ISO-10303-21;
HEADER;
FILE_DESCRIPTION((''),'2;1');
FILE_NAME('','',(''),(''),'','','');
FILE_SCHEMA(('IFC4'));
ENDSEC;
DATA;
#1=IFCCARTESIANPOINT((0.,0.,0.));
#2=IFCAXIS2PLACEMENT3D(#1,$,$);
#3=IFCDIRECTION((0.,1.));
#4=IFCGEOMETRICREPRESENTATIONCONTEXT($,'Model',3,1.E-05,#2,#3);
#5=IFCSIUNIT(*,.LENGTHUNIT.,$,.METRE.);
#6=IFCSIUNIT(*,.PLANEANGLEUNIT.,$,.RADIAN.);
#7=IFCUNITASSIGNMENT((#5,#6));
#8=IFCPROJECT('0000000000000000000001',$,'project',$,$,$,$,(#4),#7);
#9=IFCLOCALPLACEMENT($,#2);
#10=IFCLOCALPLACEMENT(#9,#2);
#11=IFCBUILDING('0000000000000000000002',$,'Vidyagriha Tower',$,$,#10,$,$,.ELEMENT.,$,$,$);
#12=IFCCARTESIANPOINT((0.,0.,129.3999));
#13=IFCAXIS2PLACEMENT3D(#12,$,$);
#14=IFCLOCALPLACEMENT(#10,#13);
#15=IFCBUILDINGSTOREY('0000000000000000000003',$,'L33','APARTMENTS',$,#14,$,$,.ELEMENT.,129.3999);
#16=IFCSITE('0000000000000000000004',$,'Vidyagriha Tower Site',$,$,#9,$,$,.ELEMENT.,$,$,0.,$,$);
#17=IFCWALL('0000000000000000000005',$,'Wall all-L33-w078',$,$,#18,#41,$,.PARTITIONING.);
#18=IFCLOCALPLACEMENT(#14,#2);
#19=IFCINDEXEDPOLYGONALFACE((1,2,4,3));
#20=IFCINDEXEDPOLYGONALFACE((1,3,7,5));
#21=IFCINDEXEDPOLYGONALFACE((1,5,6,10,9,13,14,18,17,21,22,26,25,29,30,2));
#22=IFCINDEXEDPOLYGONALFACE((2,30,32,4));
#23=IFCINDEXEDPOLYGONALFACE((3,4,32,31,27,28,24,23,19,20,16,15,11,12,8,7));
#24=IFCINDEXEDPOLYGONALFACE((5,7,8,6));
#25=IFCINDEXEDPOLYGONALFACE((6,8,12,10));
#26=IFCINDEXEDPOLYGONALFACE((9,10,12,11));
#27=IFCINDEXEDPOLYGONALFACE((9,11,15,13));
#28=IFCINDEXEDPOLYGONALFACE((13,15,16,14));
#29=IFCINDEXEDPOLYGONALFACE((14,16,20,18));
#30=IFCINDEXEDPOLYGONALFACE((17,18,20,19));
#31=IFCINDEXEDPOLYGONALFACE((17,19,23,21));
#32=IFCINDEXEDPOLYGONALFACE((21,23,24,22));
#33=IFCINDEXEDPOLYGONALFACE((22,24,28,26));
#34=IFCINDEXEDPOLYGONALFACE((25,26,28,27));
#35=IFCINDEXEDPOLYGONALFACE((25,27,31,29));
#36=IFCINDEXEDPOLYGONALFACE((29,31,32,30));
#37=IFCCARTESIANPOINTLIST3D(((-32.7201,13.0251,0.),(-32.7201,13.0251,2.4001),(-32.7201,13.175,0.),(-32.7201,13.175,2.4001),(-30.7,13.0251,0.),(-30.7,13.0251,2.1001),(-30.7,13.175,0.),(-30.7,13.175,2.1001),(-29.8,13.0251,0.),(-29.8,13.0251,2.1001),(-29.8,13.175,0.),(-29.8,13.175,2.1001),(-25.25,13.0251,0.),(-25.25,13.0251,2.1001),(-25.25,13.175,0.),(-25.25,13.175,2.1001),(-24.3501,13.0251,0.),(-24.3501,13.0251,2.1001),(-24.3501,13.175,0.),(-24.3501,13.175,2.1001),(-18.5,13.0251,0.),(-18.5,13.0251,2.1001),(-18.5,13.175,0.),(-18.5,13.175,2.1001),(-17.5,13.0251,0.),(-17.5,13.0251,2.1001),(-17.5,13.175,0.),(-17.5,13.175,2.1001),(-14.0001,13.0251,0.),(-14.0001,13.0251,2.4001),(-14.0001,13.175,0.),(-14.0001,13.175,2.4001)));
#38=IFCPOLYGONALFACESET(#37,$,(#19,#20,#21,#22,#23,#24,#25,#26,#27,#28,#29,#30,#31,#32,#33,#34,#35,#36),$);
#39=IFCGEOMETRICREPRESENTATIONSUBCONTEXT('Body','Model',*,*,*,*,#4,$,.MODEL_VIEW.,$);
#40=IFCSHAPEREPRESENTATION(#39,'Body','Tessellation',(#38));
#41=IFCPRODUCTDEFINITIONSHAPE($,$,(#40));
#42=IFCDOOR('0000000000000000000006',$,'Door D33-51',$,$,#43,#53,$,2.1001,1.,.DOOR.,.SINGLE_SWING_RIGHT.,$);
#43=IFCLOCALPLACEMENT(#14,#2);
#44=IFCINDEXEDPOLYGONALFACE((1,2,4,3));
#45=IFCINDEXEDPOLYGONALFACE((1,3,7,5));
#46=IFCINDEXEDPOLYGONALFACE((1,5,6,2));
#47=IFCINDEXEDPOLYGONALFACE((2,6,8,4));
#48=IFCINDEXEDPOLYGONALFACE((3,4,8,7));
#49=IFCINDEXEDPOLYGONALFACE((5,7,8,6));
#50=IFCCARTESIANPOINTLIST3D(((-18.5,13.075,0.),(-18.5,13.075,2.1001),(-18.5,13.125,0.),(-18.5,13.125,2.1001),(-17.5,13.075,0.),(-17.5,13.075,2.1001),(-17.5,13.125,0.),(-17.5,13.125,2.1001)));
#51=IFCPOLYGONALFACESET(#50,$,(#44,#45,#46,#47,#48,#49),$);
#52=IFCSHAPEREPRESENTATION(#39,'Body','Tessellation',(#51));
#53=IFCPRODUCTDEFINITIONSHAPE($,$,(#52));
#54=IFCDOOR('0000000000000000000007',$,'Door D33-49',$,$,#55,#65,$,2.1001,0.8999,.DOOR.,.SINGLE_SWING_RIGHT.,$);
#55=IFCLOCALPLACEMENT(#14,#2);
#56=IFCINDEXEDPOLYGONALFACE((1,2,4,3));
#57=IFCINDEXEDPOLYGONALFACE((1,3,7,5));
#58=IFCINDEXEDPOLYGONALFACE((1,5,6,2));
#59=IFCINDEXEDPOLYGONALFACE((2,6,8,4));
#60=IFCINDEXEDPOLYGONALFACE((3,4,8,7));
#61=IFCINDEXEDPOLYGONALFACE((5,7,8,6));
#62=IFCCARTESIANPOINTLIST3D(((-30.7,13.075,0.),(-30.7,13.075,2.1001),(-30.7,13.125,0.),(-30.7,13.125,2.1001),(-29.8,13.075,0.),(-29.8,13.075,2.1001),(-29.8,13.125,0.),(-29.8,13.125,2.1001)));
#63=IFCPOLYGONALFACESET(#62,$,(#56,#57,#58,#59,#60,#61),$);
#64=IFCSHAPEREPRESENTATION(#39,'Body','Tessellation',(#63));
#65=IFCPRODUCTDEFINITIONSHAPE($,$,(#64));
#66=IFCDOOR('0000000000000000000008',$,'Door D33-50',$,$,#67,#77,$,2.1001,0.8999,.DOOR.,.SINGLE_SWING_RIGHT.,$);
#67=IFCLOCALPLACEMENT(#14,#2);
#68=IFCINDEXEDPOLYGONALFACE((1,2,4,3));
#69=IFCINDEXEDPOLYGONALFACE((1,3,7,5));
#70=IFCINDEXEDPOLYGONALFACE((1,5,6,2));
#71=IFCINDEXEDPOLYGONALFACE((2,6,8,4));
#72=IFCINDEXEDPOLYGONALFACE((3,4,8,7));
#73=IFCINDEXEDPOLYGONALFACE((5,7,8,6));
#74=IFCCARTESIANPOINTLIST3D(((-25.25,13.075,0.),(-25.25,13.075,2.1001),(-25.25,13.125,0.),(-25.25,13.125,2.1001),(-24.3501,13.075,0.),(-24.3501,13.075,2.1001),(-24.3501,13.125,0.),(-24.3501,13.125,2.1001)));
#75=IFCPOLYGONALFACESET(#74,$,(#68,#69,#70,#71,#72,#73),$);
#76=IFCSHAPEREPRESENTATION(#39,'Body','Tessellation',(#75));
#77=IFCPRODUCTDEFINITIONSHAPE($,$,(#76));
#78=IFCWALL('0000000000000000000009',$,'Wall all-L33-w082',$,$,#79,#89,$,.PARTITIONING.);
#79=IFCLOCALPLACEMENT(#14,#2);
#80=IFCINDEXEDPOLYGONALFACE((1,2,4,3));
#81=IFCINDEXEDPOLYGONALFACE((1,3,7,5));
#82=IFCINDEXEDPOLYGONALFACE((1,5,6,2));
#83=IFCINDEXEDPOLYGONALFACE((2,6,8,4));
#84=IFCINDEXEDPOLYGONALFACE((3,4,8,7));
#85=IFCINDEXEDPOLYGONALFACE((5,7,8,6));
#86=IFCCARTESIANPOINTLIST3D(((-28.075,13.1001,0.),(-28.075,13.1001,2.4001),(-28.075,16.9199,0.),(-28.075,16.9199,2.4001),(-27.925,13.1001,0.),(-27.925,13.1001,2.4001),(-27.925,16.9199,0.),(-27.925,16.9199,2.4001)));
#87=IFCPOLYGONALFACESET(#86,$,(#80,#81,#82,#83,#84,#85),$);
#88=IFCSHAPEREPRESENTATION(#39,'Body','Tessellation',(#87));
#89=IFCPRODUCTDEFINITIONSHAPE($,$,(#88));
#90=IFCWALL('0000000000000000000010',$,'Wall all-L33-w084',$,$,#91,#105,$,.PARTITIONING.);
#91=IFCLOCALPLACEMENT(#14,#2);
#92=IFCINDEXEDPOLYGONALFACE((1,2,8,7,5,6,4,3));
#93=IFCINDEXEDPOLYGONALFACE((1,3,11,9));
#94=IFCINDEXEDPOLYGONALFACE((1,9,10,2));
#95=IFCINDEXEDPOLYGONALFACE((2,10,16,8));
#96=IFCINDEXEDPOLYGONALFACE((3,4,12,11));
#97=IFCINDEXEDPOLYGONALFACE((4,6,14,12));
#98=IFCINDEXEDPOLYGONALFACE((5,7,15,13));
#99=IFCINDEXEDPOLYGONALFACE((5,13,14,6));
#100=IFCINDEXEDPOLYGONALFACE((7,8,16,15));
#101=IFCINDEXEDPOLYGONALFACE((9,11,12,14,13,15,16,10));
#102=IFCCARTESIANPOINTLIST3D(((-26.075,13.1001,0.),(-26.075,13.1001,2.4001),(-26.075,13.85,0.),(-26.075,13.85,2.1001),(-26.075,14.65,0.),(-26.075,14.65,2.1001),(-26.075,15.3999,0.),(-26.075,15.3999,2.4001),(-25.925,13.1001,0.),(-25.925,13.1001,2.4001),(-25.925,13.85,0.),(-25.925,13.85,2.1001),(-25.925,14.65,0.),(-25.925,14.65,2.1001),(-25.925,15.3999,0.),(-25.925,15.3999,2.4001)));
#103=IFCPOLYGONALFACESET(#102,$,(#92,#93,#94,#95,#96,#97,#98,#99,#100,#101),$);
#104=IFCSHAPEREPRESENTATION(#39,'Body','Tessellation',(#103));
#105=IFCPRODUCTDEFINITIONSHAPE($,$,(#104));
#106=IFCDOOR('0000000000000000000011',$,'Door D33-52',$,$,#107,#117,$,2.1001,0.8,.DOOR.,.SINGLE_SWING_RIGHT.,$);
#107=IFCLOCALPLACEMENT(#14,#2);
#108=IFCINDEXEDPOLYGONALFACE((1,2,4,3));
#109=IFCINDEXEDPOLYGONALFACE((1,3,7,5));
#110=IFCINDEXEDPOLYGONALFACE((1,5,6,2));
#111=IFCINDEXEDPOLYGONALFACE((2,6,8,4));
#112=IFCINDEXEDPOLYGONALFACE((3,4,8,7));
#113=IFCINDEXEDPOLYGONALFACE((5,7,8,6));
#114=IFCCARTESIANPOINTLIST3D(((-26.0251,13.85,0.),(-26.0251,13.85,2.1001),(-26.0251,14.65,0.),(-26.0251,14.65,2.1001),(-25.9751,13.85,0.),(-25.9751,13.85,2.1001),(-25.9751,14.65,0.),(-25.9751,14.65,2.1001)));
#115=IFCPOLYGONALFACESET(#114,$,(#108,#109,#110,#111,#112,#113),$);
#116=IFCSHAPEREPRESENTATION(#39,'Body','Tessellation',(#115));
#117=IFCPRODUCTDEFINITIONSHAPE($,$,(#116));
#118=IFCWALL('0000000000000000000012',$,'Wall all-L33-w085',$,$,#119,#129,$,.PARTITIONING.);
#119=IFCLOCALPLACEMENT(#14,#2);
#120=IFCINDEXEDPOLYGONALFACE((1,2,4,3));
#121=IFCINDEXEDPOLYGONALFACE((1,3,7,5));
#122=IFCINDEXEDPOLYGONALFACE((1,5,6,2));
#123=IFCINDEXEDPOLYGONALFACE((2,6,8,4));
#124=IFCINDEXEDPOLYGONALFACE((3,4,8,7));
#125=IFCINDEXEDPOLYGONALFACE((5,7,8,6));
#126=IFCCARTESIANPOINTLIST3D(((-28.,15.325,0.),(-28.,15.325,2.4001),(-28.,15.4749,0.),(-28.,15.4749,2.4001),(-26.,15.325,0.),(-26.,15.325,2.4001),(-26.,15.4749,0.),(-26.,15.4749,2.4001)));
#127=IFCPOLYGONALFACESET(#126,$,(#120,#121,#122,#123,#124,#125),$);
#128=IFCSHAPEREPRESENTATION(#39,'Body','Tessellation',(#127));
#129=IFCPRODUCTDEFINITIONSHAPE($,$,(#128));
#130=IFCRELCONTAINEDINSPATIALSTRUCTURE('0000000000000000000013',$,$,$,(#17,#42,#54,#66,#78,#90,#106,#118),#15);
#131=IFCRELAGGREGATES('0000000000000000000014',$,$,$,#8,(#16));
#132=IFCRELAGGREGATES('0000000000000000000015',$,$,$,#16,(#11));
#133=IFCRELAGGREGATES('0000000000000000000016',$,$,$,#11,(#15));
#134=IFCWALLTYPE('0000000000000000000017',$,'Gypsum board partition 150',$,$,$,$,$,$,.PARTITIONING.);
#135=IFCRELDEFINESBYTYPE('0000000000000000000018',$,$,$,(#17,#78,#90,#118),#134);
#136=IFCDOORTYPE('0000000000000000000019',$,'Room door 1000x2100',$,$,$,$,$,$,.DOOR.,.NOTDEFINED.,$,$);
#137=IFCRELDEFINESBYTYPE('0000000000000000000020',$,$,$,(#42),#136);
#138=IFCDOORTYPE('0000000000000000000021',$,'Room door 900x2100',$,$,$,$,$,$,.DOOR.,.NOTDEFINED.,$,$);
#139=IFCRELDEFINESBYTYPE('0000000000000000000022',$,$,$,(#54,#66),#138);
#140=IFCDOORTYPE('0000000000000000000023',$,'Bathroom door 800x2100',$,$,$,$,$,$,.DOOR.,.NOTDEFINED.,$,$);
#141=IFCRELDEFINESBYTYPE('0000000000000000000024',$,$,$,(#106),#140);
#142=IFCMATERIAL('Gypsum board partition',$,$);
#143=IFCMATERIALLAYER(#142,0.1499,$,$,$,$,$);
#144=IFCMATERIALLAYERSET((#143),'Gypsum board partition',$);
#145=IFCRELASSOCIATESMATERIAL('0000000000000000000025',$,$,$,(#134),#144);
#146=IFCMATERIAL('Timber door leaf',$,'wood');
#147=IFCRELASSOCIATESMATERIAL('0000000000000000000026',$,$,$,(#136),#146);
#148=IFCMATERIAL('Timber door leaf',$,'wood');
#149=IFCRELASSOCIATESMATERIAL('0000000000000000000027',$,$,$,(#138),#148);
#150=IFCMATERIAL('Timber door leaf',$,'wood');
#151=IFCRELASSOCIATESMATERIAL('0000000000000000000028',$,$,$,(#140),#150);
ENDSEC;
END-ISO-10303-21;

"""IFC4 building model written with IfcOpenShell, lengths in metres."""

from ifc_helpers import new_model, si_unit, direction, frame, frame_2d, origin, place, context, subcontext, project, spatial, rectangle, extrude, material, layer, layer_set, type_object, element, fill, save


model = new_model("IFC4")

# Units and contexts
model_context = context("Model", 3, precision=1e-05, world=origin(), true_north=direction((0.0, 1.0)))
body_context = subcontext(model_context, "Body", "Model", "MODEL_VIEW")
ifc_project = project(units=[si_unit("LENGTHUNIT", "METRE"), si_unit("PLANEANGLEUNIT", "RADIAN")], contexts=[model_context])

# Site, building, storey
site_placement = place(None, origin())
site = spatial("IfcSite", under=ifc_project, at=site_placement, Name="Vidyagriha Tower Site", CompositionType="ELEMENT", RefElevation=0.0)
building_placement = place(site_placement, origin())
building = spatial("IfcBuilding", under=site, at=building_placement, Name="Vidyagriha Tower", CompositionType="ELEMENT")
storey_placement = place(building_placement, frame((0.0, 0.0, 129.3999)))
storey = spatial("IfcBuildingStorey", under=building, at=storey_placement, Name="L33", Description="APARTMENTS", CompositionType="ELEMENT", Elevation=129.3999)

# Wall, openings, doors
ifc_material_1 = material(Name="Gypsum board partition")
ifc_layer_1 = layer(ifc_material_1, 0.1499)
ifc_layer_set_1 = layer_set([ifc_layer_1], Name="Gypsum board partition")
wall_type_1 = type_object("IfcWallType", Name="Gypsum board partition 150", PredefinedType="PARTITIONING", material=ifc_layer_set_1)
wall_1_placement = place(storey_placement, frame((-32.72, 13.1001, 0.0)))
wall_1 = element("IfcWall", 1, at=wall_1_placement, inside=storey, type_object=wall_type_1, Name="Wall all-L33-w078", PredefinedType="PARTITIONING", context=body_context, shape_type="SweptSolid", body=[
    extrude(rectangle(XDim=18.72, YDim=0.1499, at=frame_2d((9.3599, 0.0))), origin(), (0.0, 0.0, 1.0), 2.4001),
])
opening_1_placement = place(wall_1_placement, frame((2.02, 0.0, 0.0)))
opening_1 = element("IfcOpeningElement", 2, at=opening_1_placement, cuts=wall_1, PredefinedType="OPENING", context=body_context, shape_type="SweptSolid", body=[
    extrude(rectangle(XDim=0.8999, YDim=2.1001, at=frame_2d((0.45, 1.05))), frame((0.0, 0.085, 0.0), z_axis=(0.0, -1.0, 0.0), x_axis=(1.0, 0.0, 0.0)), (0.0, 0.0, 1.0), 0.1699),
])
opening_2_placement = place(wall_1_placement, frame((7.47, 0.0, 0.0)))
opening_2 = element("IfcOpeningElement", 3, at=opening_2_placement, cuts=wall_1, PredefinedType="OPENING", context=body_context, shape_type="SweptSolid", body=[
    extrude(rectangle(XDim=0.8999, YDim=2.1001, at=frame_2d((0.45, 1.05))), frame((0.0, 0.085, 0.0), z_axis=(0.0, -1.0, 0.0), x_axis=(1.0, 0.0, 0.0)), (0.0, 0.0, 1.0), 0.1699),
])
opening_3_placement = place(wall_1_placement, frame((14.22, 0.0, 0.0)))
opening_3 = element("IfcOpeningElement", 4, at=opening_3_placement, cuts=wall_1, PredefinedType="OPENING", context=body_context, shape_type="SweptSolid", body=[
    extrude(rectangle(XDim=1.0, YDim=2.1001, at=frame_2d((0.5, 1.05))), frame((0.0, 0.085, 0.0), z_axis=(0.0, -1.0, 0.0), x_axis=(1.0, 0.0, 0.0)), (0.0, 0.0, 1.0), 0.1699),
])
ifc_material_2 = material(Name="Timber door leaf", Category="wood")
door_type_1 = type_object("IfcDoorType", Name="Room door 1000x2100", OperationType="NOTDEFINED", PredefinedType="DOOR", material=ifc_material_2)
door_1_placement = place(opening_3_placement, origin())
door_1 = element("IfcDoor", 5, at=door_1_placement, inside=storey, type_object=door_type_1, Name="Door D33-51", OperationType="SINGLE_SWING_RIGHT", OverallHeight=2.1001, OverallWidth=1.0, PredefinedType="DOOR", context=body_context, shape_type="SweptSolid", body=[
    extrude(rectangle(XDim=1.0, YDim=2.1001, at=frame_2d((0.5, 1.05))), frame((0.0, 0.0249, 0.0), z_axis=(0.0, -1.0, 0.0), x_axis=(1.0, 0.0, 0.0)), (0.0, 0.0, 1.0), 0.05),
])
fill(opening_3, door_1)
ifc_material_3 = material(Name="Timber door leaf", Category="wood")
door_type_2 = type_object("IfcDoorType", Name="Room door 900x2100", OperationType="NOTDEFINED", PredefinedType="DOOR", material=ifc_material_3)
door_2_placement = place(opening_1_placement, origin())
door_2 = element("IfcDoor", 6, at=door_2_placement, inside=storey, type_object=door_type_2, Name="Door D33-49", OperationType="SINGLE_SWING_RIGHT", OverallHeight=2.1001, OverallWidth=0.8999, PredefinedType="DOOR", context=body_context, shape_type="SweptSolid", body=[
    extrude(rectangle(XDim=0.8999, YDim=2.1001, at=frame_2d((0.45, 1.05))), frame((0.0, 0.0249, 0.0), z_axis=(0.0, -1.0, 0.0), x_axis=(1.0, 0.0, 0.0)), (0.0, 0.0, 1.0), 0.05),
])
fill(opening_1, door_2)
door_3_placement = place(opening_2_placement, origin())
door_3 = element("IfcDoor", 7, at=door_3_placement, inside=storey, type_object=door_type_2, Name="Door D33-50", OperationType="SINGLE_SWING_RIGHT", OverallHeight=2.1001, OverallWidth=0.8999, PredefinedType="DOOR", context=body_context, shape_type="SweptSolid", body=[
    extrude(rectangle(XDim=0.8999, YDim=2.1001, at=frame_2d((0.45, 1.05))), frame((0.0, 0.0249, 0.0), z_axis=(0.0, -1.0, 0.0), x_axis=(1.0, 0.0, 0.0)), (0.0, 0.0, 1.0), 0.05),
])
fill(opening_2, door_3)

# Wall
wall_2_placement = place(storey_placement, frame((-28.0, 16.9199, 0.0), z_axis=(0.0, 0.0, 1.0), x_axis=(0.0, -1.0, 0.0)))
element("IfcWall", 8, at=wall_2_placement, inside=storey, type_object=wall_type_1, Name="Wall all-L33-w082", PredefinedType="PARTITIONING", context=body_context, shape_type="SweptSolid", body=[
    extrude(rectangle(XDim=3.8198, YDim=0.1499, at=frame_2d((1.9099, 0.0))), origin(), (0.0, 0.0, 1.0), 2.4001),
])

# Wall, opening, door
wall_3_placement = place(storey_placement, frame((-26.0, 15.3999, 0.0), z_axis=(0.0, 0.0, 1.0), x_axis=(0.0, -1.0, 0.0)))
wall_3 = element("IfcWall", 9, at=wall_3_placement, inside=storey, type_object=wall_type_1, Name="Wall all-L33-w084", PredefinedType="PARTITIONING", context=body_context, shape_type="SweptSolid", body=[
    extrude(rectangle(XDim=2.2998, YDim=0.1499, at=frame_2d((1.1499, 0.0))), origin(), (0.0, 0.0, 1.0), 2.4001),
])
opening_4_placement = place(wall_3_placement, frame((0.75, 0.0, 0.0)))
opening_4 = element("IfcOpeningElement", 10, at=opening_4_placement, cuts=wall_3, PredefinedType="OPENING", context=body_context, shape_type="SweptSolid", body=[
    extrude(rectangle(XDim=0.8, YDim=2.1001, at=frame_2d((0.3999, 1.05))), frame((0.0, 0.085, 0.0), z_axis=(0.0, -1.0, 0.0), x_axis=(1.0, 0.0, 0.0)), (0.0, 0.0, 1.0), 0.1699),
])
ifc_material_4 = material(Name="Timber door leaf", Category="wood")
door_type_3 = type_object("IfcDoorType", Name="Bathroom door 800x2100", OperationType="NOTDEFINED", PredefinedType="DOOR", material=ifc_material_4)
door_4_placement = place(opening_4_placement, origin())
door_4 = element("IfcDoor", 11, at=door_4_placement, inside=storey, type_object=door_type_3, Name="Door D33-52", OperationType="SINGLE_SWING_RIGHT", OverallHeight=2.1001, OverallWidth=0.8, PredefinedType="DOOR", context=body_context, shape_type="SweptSolid", body=[
    extrude(rectangle(XDim=0.8, YDim=2.1001, at=frame_2d((0.3999, 1.05))), frame((0.0, 0.0249, 0.0), z_axis=(0.0, -1.0, 0.0), x_axis=(1.0, 0.0, 0.0)), (0.0, 0.0, 1.0), 0.05),
])
fill(opening_4, door_4)

# Wall
wall_4_placement = place(storey_placement, frame((-28.0, 15.3999, 0.0)))
element("IfcWall", 12, at=wall_4_placement, inside=storey, type_object=wall_type_1, Name="Wall all-L33-w085", PredefinedType="PARTITIONING", context=body_context, shape_type="SweptSolid", body=[
    extrude(rectangle(XDim=2.0, YDim=0.1499, at=frame_2d((1.0, 0.0))), origin(), (0.0, 0.0, 1.0), 2.4001),
])

save(model, "model.ifc")
